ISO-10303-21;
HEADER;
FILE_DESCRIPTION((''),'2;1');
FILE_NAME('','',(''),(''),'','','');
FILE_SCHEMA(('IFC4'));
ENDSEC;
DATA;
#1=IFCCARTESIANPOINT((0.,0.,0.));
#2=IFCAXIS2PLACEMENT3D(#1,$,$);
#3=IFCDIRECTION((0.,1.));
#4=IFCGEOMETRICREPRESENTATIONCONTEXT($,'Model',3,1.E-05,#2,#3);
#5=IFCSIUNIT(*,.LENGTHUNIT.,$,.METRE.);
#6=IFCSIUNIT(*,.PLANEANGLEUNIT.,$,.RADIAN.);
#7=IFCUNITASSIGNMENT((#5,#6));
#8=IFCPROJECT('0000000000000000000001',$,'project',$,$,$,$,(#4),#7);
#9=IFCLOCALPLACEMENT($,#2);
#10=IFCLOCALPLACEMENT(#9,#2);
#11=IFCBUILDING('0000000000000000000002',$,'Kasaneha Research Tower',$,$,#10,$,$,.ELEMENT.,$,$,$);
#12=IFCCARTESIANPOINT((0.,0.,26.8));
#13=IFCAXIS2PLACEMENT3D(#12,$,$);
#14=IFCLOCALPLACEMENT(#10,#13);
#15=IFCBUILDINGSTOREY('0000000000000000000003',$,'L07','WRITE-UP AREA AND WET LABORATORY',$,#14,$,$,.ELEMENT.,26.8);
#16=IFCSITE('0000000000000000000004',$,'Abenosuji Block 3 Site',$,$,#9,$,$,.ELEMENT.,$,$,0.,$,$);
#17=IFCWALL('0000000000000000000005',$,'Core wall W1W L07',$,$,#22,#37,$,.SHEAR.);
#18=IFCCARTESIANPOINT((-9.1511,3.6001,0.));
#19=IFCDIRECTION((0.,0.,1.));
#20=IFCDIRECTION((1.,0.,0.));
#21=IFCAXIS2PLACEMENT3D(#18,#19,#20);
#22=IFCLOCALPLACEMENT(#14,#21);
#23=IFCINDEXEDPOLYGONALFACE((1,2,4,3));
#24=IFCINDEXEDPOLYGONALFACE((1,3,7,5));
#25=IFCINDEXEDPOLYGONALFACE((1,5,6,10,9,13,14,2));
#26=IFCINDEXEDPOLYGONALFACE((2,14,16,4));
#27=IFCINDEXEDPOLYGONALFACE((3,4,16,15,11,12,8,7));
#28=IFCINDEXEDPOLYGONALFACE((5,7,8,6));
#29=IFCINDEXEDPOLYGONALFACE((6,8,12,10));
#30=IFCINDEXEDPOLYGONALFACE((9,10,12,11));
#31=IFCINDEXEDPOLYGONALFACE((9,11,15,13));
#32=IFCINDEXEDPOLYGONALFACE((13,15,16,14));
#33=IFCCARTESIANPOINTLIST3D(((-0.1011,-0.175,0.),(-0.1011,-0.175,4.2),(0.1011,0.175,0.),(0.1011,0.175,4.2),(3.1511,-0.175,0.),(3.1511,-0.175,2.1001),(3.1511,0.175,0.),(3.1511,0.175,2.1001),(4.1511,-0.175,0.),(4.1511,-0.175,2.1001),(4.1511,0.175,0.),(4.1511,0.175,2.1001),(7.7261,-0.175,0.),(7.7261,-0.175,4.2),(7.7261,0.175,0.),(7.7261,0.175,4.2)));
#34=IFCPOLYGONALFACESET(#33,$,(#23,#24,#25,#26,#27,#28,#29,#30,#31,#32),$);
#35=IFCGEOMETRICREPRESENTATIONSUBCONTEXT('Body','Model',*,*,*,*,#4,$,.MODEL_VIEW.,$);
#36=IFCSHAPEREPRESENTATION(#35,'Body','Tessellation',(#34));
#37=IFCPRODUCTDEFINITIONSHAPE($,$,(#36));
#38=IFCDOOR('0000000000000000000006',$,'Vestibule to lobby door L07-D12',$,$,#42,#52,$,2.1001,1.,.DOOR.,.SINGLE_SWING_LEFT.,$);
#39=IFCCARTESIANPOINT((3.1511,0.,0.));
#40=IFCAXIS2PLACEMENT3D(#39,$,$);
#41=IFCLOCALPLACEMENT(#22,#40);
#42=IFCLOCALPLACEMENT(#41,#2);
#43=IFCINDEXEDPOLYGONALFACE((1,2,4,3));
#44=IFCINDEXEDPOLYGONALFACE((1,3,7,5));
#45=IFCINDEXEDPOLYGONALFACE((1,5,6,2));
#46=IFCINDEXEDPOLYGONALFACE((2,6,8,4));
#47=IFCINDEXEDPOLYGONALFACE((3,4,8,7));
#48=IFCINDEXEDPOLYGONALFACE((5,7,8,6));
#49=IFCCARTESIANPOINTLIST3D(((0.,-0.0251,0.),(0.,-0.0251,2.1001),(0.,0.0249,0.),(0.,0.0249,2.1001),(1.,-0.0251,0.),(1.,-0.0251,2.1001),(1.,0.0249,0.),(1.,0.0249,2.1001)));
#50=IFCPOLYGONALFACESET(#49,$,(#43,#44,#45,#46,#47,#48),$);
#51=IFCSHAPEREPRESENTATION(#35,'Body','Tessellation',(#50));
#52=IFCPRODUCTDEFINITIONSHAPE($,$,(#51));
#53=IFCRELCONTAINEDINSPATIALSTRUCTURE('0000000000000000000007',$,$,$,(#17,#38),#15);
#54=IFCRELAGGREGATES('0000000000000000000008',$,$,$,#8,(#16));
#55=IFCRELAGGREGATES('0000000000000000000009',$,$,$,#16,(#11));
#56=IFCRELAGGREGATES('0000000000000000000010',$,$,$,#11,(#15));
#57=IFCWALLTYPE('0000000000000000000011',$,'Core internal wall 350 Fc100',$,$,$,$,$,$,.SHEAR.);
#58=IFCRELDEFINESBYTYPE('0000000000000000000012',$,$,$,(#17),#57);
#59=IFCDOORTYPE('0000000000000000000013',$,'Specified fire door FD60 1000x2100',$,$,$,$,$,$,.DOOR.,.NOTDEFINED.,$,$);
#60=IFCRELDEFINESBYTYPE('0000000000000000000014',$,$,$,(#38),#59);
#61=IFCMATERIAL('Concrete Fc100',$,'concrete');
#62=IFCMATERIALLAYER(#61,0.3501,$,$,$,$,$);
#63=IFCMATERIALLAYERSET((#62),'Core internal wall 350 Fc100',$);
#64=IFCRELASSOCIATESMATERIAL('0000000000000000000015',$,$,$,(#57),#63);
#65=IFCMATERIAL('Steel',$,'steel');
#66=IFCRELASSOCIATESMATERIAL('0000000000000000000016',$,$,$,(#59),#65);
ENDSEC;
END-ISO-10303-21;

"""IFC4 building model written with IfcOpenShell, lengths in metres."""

from ifc_helpers import new_model, si_unit, direction, frame, frame_2d, origin, place, context, subcontext, project, spatial, polyline, rectangle, outline, extrude, material, layer, layer_set, type_object, element, fill, save


model = new_model("IFC4")

# Units and contexts
model_context = context("Model", 3, precision=1e-05, world=origin(), true_north=direction((0.0, 1.0)))
body_context = subcontext(model_context, "Body", "Model", "MODEL_VIEW")
ifc_project = project(units=[si_unit("LENGTHUNIT", "METRE"), si_unit("PLANEANGLEUNIT", "RADIAN")], contexts=[model_context])

# Site, building, storey
site_placement = place(None, origin())
site = spatial("IfcSite", under=ifc_project, at=site_placement, Name="Abenosuji Block 3 Site", CompositionType="ELEMENT", RefElevation=0.0)
building_placement = place(site_placement, origin())
building = spatial("IfcBuilding", under=site, at=building_placement, Name="Kasaneha Research Tower", CompositionType="ELEMENT")
storey_placement = place(building_placement, frame((0.0, 0.0, 26.8)))
storey = spatial("IfcBuildingStorey", under=building, at=storey_placement, Name="L07", Description="WRITE-UP AREA AND WET LABORATORY", CompositionType="ELEMENT", Elevation=26.8)

# Wall, opening, door
ifc_material_1 = material(Name="Concrete Fc100", Category="concrete")
ifc_layer_1 = layer(ifc_material_1, 0.3501)
ifc_layer_set_1 = layer_set([ifc_layer_1], Name="Core internal wall 350 Fc100")
wall_type_1 = type_object("IfcWallType", Name="Core internal wall 350 Fc100", PredefinedType="SHEAR", material=ifc_layer_set_1)
wall_1_placement = place(storey_placement, frame((-9.1511, 3.6001, 0.0), z_axis=(0.0, 0.0, 1.0), x_axis=(1.0, 0.0, 0.0)))
wall_1 = element("IfcWall", 1, at=wall_1_placement, inside=storey, type_object=wall_type_1, Name="Core wall W1W L07", PredefinedType="SHEAR", context=body_context, shape_type="SweptSolid", body=[
    extrude(outline(polyline([(-0.1011, -0.175), (3.1511, -0.175), (4.1511, -0.175), (7.7261, -0.175), (7.7261, 0.175), (4.1511, 0.175), (3.1511, 0.175), (0.1011, 0.175), (-0.1011, -0.175)])), origin(), (0.0, 0.0, 1.0), 4.2),
])
opening_1_placement = place(wall_1_placement, frame((3.1511, 0.0, 0.0)))
opening_1 = element("IfcOpeningElement", 2, at=opening_1_placement, cuts=wall_1, PredefinedType="OPENING", context=body_context, shape_type="SweptSolid", body=[
    extrude(rectangle(XDim=1.0, YDim=2.1001, at=frame_2d((0.5, 1.05))), frame((0.0, 0.1851, 0.0), z_axis=(0.0, -1.0, 0.0), x_axis=(1.0, 0.0, 0.0)), (0.0, 0.0, 1.0), 0.3701),
])
ifc_material_2 = material(Name="Steel", Category="steel")
door_type_1 = type_object("IfcDoorType", Name="Specified fire door FD60 1000x2100", OperationType="NOTDEFINED", PredefinedType="DOOR", material=ifc_material_2)
door_1_placement = place(opening_1_placement, origin())
door_1 = element("IfcDoor", 3, at=door_1_placement, inside=storey, type_object=door_type_1, Name="Vestibule to lobby door L07-D12", OperationType="SINGLE_SWING_LEFT", OverallHeight=2.1001, OverallWidth=1.0, PredefinedType="DOOR", context=body_context, shape_type="SweptSolid", body=[
    extrude(rectangle(XDim=1.0, YDim=2.1001, at=frame_2d((0.5, 1.05))), frame((0.0, 0.0249, 0.0), z_axis=(0.0, -1.0, 0.0), x_axis=(1.0, 0.0, 0.0)), (0.0, 0.0, 1.0), 0.05),
])
fill(opening_1, door_1)

save(model, "model.ifc")
